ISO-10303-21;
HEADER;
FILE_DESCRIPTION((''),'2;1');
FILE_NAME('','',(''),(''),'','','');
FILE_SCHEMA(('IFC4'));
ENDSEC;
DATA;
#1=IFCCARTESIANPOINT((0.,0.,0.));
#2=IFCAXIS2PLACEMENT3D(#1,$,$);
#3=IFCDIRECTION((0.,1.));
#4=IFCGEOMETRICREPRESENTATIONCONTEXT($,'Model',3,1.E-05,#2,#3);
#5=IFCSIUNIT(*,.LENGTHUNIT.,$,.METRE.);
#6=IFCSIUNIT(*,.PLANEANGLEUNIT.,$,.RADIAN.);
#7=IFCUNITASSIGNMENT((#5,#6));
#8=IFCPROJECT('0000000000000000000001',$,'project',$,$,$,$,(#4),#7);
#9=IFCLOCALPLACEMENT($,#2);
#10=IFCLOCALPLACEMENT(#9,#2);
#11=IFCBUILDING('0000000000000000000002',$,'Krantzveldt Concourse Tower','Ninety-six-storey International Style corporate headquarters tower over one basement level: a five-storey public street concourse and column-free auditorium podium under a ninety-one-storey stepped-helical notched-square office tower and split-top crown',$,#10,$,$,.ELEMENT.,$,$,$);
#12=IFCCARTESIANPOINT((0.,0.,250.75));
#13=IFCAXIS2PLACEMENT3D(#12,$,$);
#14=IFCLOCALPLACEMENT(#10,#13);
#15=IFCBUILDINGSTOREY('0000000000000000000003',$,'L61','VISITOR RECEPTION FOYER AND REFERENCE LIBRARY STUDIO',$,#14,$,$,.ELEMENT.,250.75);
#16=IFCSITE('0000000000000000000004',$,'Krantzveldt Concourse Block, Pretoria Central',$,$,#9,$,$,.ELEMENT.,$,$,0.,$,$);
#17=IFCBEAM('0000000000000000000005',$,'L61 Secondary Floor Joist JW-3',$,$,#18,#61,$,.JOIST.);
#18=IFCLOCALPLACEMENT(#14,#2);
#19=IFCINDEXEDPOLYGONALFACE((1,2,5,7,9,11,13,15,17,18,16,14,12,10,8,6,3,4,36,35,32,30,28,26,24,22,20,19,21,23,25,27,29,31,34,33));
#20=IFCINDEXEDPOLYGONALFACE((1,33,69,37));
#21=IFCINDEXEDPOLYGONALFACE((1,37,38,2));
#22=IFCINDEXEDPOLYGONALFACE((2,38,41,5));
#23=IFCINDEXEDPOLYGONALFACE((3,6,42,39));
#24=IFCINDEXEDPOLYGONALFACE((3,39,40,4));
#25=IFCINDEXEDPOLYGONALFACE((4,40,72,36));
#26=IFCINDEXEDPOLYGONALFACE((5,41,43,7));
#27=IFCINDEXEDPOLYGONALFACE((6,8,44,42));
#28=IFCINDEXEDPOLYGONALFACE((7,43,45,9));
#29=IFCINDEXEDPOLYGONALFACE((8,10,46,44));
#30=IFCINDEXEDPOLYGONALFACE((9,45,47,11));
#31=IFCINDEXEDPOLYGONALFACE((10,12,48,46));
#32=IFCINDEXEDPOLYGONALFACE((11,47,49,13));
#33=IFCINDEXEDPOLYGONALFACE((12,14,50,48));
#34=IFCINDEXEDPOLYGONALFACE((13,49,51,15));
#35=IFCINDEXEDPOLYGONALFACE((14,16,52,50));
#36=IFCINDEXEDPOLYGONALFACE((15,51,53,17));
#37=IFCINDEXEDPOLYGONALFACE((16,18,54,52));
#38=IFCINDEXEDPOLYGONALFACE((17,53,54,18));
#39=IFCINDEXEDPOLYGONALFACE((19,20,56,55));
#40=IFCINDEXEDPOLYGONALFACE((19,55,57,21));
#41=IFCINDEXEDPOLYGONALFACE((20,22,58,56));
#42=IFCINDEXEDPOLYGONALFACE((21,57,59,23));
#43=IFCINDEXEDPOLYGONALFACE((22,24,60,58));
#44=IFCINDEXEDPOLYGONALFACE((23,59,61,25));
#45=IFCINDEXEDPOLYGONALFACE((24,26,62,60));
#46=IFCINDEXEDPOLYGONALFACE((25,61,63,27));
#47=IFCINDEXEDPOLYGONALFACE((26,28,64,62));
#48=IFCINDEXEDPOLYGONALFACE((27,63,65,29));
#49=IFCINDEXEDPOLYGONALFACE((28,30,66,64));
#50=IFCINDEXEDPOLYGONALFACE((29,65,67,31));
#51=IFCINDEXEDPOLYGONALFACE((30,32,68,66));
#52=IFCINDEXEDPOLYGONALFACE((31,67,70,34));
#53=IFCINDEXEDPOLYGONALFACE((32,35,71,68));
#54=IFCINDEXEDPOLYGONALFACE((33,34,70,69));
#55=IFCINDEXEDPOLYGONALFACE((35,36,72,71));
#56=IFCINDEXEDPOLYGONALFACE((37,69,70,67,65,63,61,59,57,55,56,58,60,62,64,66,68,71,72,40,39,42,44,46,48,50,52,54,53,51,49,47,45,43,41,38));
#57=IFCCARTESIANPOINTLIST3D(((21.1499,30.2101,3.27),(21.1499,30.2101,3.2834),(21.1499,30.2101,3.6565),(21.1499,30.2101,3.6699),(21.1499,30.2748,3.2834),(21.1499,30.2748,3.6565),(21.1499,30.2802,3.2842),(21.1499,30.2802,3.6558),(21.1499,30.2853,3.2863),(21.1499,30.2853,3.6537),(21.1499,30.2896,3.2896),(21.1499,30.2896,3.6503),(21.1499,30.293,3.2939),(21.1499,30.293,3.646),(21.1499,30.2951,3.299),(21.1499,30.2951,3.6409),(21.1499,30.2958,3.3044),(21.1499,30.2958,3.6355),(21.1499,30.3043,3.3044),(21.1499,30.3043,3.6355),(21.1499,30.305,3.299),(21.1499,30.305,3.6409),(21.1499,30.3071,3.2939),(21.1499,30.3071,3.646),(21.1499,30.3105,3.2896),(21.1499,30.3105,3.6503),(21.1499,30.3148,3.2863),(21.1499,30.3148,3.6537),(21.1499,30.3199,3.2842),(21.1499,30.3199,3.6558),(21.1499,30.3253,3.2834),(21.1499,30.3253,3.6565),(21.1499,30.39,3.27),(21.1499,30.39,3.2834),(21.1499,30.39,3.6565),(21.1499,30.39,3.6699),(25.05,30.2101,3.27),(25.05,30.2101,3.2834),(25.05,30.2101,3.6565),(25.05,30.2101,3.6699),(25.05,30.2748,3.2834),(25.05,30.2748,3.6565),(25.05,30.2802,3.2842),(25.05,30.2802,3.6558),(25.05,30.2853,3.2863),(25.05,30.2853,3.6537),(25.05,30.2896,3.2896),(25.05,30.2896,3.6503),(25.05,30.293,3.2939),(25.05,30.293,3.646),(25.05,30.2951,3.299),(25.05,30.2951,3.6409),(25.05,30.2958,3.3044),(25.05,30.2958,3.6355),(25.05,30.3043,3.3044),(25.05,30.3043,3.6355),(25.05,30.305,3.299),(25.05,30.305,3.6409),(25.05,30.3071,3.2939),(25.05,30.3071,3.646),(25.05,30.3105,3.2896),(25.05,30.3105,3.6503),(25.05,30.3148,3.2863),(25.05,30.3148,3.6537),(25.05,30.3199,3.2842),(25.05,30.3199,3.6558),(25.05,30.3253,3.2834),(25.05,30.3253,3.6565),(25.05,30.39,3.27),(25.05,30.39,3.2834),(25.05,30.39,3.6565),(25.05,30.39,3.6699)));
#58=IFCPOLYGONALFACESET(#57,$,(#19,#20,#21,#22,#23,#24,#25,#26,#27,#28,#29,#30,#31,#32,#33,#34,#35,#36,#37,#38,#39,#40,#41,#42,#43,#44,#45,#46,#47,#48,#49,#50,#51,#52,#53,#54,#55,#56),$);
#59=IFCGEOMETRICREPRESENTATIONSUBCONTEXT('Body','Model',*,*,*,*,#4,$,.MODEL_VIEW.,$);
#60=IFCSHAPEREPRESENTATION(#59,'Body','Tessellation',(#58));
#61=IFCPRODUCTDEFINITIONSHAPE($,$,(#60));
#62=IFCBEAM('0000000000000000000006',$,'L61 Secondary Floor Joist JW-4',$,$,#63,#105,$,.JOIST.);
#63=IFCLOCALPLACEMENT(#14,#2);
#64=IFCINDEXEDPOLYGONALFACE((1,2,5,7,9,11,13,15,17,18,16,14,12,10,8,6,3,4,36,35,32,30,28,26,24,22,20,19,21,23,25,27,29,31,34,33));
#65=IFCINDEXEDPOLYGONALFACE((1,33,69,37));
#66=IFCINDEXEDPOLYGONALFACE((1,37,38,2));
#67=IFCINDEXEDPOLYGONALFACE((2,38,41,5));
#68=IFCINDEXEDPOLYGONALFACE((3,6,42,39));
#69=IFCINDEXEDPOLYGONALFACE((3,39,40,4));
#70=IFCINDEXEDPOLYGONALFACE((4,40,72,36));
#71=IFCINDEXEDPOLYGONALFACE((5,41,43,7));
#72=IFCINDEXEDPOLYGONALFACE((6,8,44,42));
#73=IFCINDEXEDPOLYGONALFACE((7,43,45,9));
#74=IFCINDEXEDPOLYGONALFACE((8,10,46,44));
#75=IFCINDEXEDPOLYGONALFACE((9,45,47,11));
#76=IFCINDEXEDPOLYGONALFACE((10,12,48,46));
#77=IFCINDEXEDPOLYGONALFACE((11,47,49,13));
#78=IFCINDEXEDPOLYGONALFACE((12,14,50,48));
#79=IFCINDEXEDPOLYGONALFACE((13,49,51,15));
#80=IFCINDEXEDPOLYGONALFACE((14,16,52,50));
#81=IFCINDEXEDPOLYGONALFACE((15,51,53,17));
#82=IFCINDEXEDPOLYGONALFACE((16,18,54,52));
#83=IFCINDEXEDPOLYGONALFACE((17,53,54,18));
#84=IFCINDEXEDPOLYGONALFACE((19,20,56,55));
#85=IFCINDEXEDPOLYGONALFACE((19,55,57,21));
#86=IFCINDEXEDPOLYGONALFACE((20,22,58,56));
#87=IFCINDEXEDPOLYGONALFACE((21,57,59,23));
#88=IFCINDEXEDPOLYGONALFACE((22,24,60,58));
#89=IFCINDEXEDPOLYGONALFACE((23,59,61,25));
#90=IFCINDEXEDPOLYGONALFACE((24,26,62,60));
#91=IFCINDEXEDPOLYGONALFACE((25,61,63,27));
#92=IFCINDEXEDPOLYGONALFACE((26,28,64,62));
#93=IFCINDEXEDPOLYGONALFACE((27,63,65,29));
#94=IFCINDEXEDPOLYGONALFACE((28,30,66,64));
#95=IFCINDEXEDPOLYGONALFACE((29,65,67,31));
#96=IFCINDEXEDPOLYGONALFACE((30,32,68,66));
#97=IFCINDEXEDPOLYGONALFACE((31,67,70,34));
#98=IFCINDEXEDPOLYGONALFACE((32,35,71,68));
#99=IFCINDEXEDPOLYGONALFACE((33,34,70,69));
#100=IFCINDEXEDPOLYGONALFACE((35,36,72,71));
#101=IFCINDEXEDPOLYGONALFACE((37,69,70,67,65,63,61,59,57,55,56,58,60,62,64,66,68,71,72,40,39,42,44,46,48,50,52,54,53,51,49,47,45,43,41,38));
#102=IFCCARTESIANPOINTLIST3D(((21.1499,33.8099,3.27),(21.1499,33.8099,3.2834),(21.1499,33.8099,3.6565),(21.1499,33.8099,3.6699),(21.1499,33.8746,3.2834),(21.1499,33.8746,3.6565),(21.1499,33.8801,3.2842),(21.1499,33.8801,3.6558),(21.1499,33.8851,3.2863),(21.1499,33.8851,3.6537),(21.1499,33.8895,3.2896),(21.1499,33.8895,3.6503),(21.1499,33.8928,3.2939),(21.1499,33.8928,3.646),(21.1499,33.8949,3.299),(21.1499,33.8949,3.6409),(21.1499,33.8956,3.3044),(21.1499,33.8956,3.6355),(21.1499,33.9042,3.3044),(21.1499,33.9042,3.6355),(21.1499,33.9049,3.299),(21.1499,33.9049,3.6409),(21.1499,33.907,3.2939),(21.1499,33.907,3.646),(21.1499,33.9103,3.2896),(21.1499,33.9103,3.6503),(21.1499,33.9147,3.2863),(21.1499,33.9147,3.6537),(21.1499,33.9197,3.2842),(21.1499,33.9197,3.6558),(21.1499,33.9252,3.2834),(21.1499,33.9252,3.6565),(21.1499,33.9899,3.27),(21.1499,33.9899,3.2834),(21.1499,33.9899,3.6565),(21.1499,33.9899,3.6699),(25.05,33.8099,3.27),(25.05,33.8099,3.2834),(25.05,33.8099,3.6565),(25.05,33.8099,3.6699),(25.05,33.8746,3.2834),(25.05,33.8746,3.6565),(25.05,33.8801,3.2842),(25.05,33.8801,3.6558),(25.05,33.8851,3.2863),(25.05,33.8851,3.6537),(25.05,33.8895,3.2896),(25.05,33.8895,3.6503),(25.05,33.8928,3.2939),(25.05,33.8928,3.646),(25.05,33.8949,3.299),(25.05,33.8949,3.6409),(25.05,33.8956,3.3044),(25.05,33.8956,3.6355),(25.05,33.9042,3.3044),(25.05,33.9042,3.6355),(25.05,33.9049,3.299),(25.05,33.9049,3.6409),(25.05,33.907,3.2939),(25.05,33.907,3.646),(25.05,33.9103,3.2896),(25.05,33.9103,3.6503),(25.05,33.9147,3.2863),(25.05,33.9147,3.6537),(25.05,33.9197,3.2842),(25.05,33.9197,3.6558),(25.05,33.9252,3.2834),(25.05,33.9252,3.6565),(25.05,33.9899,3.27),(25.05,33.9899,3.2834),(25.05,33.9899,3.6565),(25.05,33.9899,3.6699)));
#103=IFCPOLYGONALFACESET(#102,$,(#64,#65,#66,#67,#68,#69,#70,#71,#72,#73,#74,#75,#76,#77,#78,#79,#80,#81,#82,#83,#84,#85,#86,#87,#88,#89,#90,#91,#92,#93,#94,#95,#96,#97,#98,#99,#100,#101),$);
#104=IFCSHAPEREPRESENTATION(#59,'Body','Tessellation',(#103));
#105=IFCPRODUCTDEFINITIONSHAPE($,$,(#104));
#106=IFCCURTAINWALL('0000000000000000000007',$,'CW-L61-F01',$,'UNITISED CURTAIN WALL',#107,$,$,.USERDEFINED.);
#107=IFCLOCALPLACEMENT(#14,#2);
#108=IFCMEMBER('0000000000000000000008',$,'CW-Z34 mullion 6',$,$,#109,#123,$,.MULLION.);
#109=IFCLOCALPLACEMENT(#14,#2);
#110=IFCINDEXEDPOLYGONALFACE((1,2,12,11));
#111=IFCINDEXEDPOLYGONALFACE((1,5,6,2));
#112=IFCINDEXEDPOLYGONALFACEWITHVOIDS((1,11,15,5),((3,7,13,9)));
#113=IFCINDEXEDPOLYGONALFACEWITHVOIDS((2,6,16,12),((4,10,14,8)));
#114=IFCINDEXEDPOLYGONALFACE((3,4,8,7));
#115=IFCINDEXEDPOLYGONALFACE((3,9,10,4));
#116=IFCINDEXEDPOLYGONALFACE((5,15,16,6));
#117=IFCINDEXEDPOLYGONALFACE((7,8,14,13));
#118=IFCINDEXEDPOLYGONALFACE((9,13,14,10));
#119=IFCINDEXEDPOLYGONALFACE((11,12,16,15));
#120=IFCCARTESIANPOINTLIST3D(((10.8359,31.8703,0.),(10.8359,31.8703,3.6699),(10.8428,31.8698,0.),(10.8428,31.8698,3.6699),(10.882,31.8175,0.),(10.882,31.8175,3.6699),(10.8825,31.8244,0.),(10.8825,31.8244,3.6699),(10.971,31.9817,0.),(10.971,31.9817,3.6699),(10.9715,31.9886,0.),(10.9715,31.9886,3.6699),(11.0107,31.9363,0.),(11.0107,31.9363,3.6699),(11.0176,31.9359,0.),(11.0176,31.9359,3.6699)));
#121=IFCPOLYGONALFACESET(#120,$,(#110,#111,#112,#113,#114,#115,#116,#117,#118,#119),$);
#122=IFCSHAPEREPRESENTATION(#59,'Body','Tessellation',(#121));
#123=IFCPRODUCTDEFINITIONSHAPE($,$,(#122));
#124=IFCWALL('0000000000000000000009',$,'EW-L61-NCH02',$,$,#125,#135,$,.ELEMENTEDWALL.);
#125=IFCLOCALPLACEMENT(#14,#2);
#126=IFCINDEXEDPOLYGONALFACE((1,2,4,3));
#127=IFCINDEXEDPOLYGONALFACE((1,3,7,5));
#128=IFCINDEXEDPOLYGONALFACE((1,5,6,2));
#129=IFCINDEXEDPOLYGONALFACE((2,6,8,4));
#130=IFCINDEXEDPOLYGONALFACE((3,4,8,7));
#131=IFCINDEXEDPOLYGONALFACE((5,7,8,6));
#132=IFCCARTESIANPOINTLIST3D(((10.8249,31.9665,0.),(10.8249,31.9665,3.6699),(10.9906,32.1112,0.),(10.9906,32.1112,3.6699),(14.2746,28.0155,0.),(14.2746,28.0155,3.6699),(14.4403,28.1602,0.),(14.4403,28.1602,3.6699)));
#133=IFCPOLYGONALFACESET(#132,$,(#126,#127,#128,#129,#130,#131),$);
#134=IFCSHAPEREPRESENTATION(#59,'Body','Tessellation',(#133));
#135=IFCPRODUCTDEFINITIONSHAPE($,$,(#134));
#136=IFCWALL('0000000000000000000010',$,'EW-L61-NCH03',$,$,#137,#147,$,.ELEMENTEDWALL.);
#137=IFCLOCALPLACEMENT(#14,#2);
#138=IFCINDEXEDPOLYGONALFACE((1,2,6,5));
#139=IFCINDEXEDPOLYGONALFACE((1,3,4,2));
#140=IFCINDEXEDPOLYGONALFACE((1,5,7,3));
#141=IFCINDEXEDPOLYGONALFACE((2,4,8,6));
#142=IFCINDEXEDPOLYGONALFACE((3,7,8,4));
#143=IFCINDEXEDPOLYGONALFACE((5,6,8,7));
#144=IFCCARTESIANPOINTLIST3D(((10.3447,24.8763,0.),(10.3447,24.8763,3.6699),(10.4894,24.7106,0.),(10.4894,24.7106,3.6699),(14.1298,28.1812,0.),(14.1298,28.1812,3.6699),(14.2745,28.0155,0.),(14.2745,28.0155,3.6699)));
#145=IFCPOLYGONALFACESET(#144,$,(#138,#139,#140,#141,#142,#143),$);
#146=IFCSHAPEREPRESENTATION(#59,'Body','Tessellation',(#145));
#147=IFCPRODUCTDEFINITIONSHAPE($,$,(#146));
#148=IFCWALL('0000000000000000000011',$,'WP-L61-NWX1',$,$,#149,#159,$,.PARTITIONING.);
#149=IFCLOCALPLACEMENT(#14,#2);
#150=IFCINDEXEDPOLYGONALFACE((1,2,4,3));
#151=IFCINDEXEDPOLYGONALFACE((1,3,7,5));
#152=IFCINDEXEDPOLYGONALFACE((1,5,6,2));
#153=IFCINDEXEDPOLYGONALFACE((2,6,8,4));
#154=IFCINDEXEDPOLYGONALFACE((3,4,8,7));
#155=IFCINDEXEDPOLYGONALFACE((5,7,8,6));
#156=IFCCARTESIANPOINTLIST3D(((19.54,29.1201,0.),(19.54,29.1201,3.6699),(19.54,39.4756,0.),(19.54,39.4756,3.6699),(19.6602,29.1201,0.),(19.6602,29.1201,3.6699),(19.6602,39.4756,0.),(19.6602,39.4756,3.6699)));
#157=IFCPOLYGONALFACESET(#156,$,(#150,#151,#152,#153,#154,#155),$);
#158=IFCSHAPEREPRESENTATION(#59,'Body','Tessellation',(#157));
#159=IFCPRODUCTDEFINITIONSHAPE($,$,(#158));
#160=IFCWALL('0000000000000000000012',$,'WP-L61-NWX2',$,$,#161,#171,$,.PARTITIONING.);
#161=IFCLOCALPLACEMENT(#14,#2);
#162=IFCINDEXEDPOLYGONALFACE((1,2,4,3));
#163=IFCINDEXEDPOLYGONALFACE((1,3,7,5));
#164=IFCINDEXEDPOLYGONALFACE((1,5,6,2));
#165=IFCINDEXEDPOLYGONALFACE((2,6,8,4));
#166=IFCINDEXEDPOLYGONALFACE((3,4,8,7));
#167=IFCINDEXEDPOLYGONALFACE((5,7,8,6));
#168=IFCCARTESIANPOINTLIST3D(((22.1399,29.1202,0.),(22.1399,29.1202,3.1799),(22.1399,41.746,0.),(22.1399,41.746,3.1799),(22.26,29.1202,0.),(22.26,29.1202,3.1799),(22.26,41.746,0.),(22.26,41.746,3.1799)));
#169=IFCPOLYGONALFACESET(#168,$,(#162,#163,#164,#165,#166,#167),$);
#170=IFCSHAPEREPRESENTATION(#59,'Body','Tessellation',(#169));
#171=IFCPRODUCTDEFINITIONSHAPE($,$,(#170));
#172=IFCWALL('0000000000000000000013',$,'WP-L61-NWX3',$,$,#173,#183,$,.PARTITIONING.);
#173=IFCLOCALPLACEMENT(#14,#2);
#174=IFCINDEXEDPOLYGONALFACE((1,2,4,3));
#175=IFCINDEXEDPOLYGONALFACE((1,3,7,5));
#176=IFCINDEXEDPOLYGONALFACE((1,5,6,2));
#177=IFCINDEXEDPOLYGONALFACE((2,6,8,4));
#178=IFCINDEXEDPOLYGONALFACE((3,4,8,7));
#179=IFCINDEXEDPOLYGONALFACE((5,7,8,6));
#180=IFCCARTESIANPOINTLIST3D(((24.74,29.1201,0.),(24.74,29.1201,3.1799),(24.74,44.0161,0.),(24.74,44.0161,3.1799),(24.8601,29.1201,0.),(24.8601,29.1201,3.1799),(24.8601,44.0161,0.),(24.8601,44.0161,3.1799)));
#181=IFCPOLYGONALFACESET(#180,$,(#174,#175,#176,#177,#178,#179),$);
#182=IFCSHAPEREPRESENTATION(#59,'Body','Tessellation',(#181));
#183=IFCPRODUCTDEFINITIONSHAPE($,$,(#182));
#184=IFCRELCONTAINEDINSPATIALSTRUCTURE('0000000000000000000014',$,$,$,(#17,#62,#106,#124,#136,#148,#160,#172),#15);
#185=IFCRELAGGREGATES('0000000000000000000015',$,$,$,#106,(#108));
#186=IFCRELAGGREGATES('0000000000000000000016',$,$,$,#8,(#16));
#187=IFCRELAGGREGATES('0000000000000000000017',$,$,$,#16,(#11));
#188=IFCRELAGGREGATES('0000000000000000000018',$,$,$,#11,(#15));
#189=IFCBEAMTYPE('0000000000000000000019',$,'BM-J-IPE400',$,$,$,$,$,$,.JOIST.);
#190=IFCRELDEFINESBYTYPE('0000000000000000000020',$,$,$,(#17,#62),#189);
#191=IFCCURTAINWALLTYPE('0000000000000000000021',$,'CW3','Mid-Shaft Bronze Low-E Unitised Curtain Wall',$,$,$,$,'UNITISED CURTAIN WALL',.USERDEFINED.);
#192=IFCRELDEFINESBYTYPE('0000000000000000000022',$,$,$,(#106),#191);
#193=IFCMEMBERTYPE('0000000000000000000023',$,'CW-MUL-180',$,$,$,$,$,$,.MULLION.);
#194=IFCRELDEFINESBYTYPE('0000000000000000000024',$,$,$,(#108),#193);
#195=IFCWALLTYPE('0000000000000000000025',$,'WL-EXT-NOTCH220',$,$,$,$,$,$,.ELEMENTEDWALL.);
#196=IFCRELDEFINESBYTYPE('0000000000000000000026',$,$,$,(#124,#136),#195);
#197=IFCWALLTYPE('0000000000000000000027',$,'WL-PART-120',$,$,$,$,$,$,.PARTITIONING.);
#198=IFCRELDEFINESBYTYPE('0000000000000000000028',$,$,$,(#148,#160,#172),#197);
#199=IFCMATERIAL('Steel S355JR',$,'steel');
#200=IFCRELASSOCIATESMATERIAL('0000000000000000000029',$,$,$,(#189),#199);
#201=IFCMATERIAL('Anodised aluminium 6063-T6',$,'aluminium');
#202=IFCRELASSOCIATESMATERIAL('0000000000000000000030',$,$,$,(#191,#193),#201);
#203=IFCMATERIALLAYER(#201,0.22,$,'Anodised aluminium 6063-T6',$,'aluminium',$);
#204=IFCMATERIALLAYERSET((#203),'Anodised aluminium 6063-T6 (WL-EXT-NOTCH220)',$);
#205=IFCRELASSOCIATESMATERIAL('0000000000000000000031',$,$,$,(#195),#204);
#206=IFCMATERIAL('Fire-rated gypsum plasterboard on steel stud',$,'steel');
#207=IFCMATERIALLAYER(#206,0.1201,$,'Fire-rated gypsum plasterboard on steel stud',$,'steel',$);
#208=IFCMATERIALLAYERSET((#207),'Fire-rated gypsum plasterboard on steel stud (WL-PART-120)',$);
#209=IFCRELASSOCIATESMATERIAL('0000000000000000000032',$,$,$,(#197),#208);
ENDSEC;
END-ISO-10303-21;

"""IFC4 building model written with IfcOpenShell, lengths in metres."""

from ifc_helpers import new_model, si_unit, direction, frame, frame_2d, origin, origin_2d, place, context, subcontext, project, spatial, rectangle, hollow_rectangle, i_section, extrude, source, transform, mapped, material, layer, layer_set, material_profile, profile_set, type_object, type_shapes, element, aggregate, save


model = new_model("IFC4")

# Units and contexts
model_context = context("Model", 3, precision=1e-05, world=origin(), true_north=direction((0.0, 1.0)))
body_context = subcontext(model_context, "Body", "Model", "MODEL_VIEW")
ifc_project = project(units=[si_unit("LENGTHUNIT", "METRE"), si_unit("PLANEANGLEUNIT", "RADIAN")], contexts=[model_context])

# Site, building, storey
site_placement = place(None, origin())
site = spatial("IfcSite", under=ifc_project, at=site_placement, Name="Krantzveldt Concourse Block, Pretoria Central", CompositionType="ELEMENT", RefElevation=0.0)
building_placement = place(site_placement, origin())
building = spatial("IfcBuilding", under=site, at=building_placement, Name="Krantzveldt Concourse Tower", Description="Ninety-six-storey International Style corporate headquarters tower over one basement level: a five-storey public street concourse and column-free auditorium podium under a ninety-one-storey stepped-helical notched-square office tower and split-top crown", CompositionType="ELEMENT")
storey_placement = place(building_placement, frame((0.0, 0.0, 250.75)))
storey = spatial("IfcBuildingStorey", under=building, at=storey_placement, Name="L61", Description="VISITOR RECEPTION FOYER AND REFERENCE LIBRARY STUDIO", CompositionType="ELEMENT", Elevation=250.75)

# Beams
ifc_material_1 = material(Name="Steel S355JR", Category="steel")
ifc_material_profile_1 = material_profile(ifc_material_1, i_section(OverallWidth=0.1799, OverallDepth=0.3999, WebThickness=0.0085, FlangeThickness=0.0134, FilletRadius=0.021, at=origin_2d()), Name="Steel S355JR", Category="steel")
ifc_profile_set_1 = profile_set([ifc_material_profile_1], Name="Steel S355JR - IPE 400")
beam_type_1 = type_object("IfcBeamType", Name="BM-J-IPE400", PredefinedType="JOIST", material=ifc_profile_set_1)
shared_shape_1 = source(origin(), body_context, "Body", "SweptSolid", [
    extrude(i_section(OverallWidth=0.1799, OverallDepth=0.3999, WebThickness=0.0085, FlangeThickness=0.0134, FilletRadius=0.021, at=origin_2d()), origin(), (0.0, 0.0, 1.0), 3.9001),
])
type_shapes(beam_type_1, [shared_shape_1])
for number, where, z_axis, x_axis, name in (
    (1, (21.1499, 30.3, 3.47), (1.0, 0.0, 0.0), (0.0, 1.0, 0.0), "L61 Secondary Floor Joist JW-3"),
    (2, (21.1499, 33.8999, 3.47), (1.0, 0.0, 0.0), (0.0, 1.0, 0.0), "L61 Secondary Floor Joist JW-4"),
):
    element("IfcBeam", number, at=place(storey_placement, frame(where, z_axis=z_axis, x_axis=x_axis)), inside=storey, type_object=beam_type_1, Name=name, PredefinedType="JOIST", context=body_context, shape_type="MappedRepresentation", body=[
        mapped(shared_shape_1, transform((0.0, 0.0, 0.0), x_axis=(1.0, 0.0, 0.0), y_axis=(0.0, 1.0, 0.0), z_axis=(0.0, 0.0, 1.0), scale=1.0)),
    ])

# Curtain wall, member
ifc_material_2 = material(Name="Anodised aluminium 6063-T6", Category="aluminium")
curtain_wall_type = type_object("IfcCurtainWallType", Name="CW3", Description="Mid-Shaft Bronze Low-E Unitised Curtain Wall", ElementType="UNITISED CURTAIN WALL", PredefinedType="USERDEFINED", material=ifc_material_2)
curtain_wall_placement = place(storey_placement, origin())
curtain_wall = element("IfcCurtainWall", 3, at=curtain_wall_placement, inside=storey, type_object=curtain_wall_type, Name="CW-L61-F01", ObjectType="UNITISED CURTAIN WALL", PredefinedType="USERDEFINED")
ifc_material_profile_2 = material_profile(ifc_material_2, hollow_rectangle(XDim=0.0701, YDim=0.1799, WallThickness=0.0049, at=origin_2d()), Name="Anodised aluminium 6063-T6", Category="aluminium")
ifc_profile_set_2 = profile_set([ifc_material_profile_2], Name="Anodised aluminium 6063-T6 - ALU-MULL 180x70x5")
member_type = type_object("IfcMemberType", Name="CW-MUL-180", PredefinedType="MULLION", material=ifc_profile_set_2)
shared_shape_2 = source(origin(), body_context, "Body", "SweptSolid", [
    extrude(hollow_rectangle(XDim=0.0701, YDim=0.1799, WallThickness=0.0049, at=origin_2d()), origin(), (0.0, 0.0, 1.0), 3.6699),
])
type_shapes(member_type, [shared_shape_2])
member_placement = place(storey_placement, frame((10.9268, 31.9031, 0.0), z_axis=(0.0, 0.0, 1.0), x_axis=(0.657704, -0.753277, 0.0)))
member = element("IfcMember", 4, at=member_placement, type_object=member_type, Name="CW-Z34 mullion 6", PredefinedType="MULLION", context=body_context, shape_type="MappedRepresentation", body=[
    mapped(shared_shape_2, transform((0.0, 0.0, 0.0), x_axis=(1.0, 0.0, 0.0), y_axis=(0.0, 1.0, 0.0), z_axis=(0.0, 0.0, 1.0), scale=1.0)),
])
aggregate(curtain_wall, [member])

# Walls
ifc_layer_1 = layer(ifc_material_2, 0.22, Name="Anodised aluminium 6063-T6", Category="aluminium")
ifc_layer_set_1 = layer_set([ifc_layer_1], Name="Anodised aluminium 6063-T6 (WL-EXT-NOTCH220)")
wall_type_1 = type_object("IfcWallType", Name="WL-EXT-NOTCH220", PredefinedType="ELEMENTEDWALL", material=ifc_layer_set_1)
wall_1_placement = place(storey_placement, frame((10.9077, 32.0388, 0.0), z_axis=(0.0, 0.0, 1.0), x_axis=(0.65771, -0.753271, 0.0)))
element("IfcWall", 5, at=wall_1_placement, inside=storey, type_object=wall_type_1, Name="EW-L61-NCH02", PredefinedType="ELEMENTEDWALL", context=body_context, shape_type="SweptSolid", body=[
    extrude(rectangle(XDim=5.2451, YDim=0.22, at=frame_2d((2.6226, 0.0))), origin(), (0.0, 0.0, 1.0), 3.6699),
])
wall_2_placement = place(storey_placement, frame((14.2021, 28.0984, 0.0), z_axis=(0.0, 0.0, 1.0), x_axis=(-0.753275, -0.657706, 0.0)))
element("IfcWall", 6, at=wall_2_placement, inside=storey, type_object=wall_type_1, Name="EW-L61-NCH03", PredefinedType="ELEMENTEDWALL", context=body_context, shape_type="SweptSolid", body=[
    extrude(rectangle(XDim=5.0249, YDim=0.22, at=frame_2d((2.5125, 0.0))), origin(), (0.0, 0.0, 1.0), 3.6699),
])
ifc_material_3 = material(Name="Fire-rated gypsum plasterboard on steel stud", Category="steel")
ifc_layer_2 = layer(ifc_material_3, 0.1201, Name="Fire-rated gypsum plasterboard on steel stud", Category="steel")
ifc_layer_set_2 = layer_set([ifc_layer_2], Name="Fire-rated gypsum plasterboard on steel stud (WL-PART-120)")
wall_type_2 = type_object("IfcWallType", Name="WL-PART-120", PredefinedType="PARTITIONING", material=ifc_layer_set_2)
wall_3_placement = place(storey_placement, frame((19.6001, 29.1201, 0.0), z_axis=(0.0, 0.0, 1.0), x_axis=(0.0, 1.0, 0.0)))
element("IfcWall", 7, at=wall_3_placement, inside=storey, type_object=wall_type_2, Name="WP-L61-NWX1", PredefinedType="PARTITIONING", context=body_context, shape_type="SweptSolid", body=[
    extrude(rectangle(XDim=10.3555, YDim=0.1201, at=frame_2d((5.1777, 0.0))), origin(), (0.0, 0.0, 1.0), 3.6699),
])
wall_4_placement = place(storey_placement, frame((22.2, 29.1201, 0.0), z_axis=(0.0, 0.0, 1.0), x_axis=(0.0, 1.0, 0.0)))
element("IfcWall", 8, at=wall_4_placement, inside=storey, type_object=wall_type_2, Name="WP-L61-NWX2", PredefinedType="PARTITIONING", context=body_context, shape_type="SweptSolid", body=[
    extrude(rectangle(XDim=12.6257, YDim=0.1201, at=frame_2d((6.313, 0.0))), origin(), (0.0, 0.0, 1.0), 3.1799),
])
wall_5_placement = place(storey_placement, frame((24.8, 29.1201, 0.0), z_axis=(0.0, 0.0, 1.0), x_axis=(0.0, 1.0, 0.0)))
element("IfcWall", 9, at=wall_5_placement, inside=storey, type_object=wall_type_2, Name="WP-L61-NWX3", PredefinedType="PARTITIONING", context=body_context, shape_type="SweptSolid", body=[
    extrude(rectangle(XDim=14.896, YDim=0.1201, at=frame_2d((7.448, 0.0))), origin(), (0.0, 0.0, 1.0), 3.1799),
])

save(model, "model.ifc")
